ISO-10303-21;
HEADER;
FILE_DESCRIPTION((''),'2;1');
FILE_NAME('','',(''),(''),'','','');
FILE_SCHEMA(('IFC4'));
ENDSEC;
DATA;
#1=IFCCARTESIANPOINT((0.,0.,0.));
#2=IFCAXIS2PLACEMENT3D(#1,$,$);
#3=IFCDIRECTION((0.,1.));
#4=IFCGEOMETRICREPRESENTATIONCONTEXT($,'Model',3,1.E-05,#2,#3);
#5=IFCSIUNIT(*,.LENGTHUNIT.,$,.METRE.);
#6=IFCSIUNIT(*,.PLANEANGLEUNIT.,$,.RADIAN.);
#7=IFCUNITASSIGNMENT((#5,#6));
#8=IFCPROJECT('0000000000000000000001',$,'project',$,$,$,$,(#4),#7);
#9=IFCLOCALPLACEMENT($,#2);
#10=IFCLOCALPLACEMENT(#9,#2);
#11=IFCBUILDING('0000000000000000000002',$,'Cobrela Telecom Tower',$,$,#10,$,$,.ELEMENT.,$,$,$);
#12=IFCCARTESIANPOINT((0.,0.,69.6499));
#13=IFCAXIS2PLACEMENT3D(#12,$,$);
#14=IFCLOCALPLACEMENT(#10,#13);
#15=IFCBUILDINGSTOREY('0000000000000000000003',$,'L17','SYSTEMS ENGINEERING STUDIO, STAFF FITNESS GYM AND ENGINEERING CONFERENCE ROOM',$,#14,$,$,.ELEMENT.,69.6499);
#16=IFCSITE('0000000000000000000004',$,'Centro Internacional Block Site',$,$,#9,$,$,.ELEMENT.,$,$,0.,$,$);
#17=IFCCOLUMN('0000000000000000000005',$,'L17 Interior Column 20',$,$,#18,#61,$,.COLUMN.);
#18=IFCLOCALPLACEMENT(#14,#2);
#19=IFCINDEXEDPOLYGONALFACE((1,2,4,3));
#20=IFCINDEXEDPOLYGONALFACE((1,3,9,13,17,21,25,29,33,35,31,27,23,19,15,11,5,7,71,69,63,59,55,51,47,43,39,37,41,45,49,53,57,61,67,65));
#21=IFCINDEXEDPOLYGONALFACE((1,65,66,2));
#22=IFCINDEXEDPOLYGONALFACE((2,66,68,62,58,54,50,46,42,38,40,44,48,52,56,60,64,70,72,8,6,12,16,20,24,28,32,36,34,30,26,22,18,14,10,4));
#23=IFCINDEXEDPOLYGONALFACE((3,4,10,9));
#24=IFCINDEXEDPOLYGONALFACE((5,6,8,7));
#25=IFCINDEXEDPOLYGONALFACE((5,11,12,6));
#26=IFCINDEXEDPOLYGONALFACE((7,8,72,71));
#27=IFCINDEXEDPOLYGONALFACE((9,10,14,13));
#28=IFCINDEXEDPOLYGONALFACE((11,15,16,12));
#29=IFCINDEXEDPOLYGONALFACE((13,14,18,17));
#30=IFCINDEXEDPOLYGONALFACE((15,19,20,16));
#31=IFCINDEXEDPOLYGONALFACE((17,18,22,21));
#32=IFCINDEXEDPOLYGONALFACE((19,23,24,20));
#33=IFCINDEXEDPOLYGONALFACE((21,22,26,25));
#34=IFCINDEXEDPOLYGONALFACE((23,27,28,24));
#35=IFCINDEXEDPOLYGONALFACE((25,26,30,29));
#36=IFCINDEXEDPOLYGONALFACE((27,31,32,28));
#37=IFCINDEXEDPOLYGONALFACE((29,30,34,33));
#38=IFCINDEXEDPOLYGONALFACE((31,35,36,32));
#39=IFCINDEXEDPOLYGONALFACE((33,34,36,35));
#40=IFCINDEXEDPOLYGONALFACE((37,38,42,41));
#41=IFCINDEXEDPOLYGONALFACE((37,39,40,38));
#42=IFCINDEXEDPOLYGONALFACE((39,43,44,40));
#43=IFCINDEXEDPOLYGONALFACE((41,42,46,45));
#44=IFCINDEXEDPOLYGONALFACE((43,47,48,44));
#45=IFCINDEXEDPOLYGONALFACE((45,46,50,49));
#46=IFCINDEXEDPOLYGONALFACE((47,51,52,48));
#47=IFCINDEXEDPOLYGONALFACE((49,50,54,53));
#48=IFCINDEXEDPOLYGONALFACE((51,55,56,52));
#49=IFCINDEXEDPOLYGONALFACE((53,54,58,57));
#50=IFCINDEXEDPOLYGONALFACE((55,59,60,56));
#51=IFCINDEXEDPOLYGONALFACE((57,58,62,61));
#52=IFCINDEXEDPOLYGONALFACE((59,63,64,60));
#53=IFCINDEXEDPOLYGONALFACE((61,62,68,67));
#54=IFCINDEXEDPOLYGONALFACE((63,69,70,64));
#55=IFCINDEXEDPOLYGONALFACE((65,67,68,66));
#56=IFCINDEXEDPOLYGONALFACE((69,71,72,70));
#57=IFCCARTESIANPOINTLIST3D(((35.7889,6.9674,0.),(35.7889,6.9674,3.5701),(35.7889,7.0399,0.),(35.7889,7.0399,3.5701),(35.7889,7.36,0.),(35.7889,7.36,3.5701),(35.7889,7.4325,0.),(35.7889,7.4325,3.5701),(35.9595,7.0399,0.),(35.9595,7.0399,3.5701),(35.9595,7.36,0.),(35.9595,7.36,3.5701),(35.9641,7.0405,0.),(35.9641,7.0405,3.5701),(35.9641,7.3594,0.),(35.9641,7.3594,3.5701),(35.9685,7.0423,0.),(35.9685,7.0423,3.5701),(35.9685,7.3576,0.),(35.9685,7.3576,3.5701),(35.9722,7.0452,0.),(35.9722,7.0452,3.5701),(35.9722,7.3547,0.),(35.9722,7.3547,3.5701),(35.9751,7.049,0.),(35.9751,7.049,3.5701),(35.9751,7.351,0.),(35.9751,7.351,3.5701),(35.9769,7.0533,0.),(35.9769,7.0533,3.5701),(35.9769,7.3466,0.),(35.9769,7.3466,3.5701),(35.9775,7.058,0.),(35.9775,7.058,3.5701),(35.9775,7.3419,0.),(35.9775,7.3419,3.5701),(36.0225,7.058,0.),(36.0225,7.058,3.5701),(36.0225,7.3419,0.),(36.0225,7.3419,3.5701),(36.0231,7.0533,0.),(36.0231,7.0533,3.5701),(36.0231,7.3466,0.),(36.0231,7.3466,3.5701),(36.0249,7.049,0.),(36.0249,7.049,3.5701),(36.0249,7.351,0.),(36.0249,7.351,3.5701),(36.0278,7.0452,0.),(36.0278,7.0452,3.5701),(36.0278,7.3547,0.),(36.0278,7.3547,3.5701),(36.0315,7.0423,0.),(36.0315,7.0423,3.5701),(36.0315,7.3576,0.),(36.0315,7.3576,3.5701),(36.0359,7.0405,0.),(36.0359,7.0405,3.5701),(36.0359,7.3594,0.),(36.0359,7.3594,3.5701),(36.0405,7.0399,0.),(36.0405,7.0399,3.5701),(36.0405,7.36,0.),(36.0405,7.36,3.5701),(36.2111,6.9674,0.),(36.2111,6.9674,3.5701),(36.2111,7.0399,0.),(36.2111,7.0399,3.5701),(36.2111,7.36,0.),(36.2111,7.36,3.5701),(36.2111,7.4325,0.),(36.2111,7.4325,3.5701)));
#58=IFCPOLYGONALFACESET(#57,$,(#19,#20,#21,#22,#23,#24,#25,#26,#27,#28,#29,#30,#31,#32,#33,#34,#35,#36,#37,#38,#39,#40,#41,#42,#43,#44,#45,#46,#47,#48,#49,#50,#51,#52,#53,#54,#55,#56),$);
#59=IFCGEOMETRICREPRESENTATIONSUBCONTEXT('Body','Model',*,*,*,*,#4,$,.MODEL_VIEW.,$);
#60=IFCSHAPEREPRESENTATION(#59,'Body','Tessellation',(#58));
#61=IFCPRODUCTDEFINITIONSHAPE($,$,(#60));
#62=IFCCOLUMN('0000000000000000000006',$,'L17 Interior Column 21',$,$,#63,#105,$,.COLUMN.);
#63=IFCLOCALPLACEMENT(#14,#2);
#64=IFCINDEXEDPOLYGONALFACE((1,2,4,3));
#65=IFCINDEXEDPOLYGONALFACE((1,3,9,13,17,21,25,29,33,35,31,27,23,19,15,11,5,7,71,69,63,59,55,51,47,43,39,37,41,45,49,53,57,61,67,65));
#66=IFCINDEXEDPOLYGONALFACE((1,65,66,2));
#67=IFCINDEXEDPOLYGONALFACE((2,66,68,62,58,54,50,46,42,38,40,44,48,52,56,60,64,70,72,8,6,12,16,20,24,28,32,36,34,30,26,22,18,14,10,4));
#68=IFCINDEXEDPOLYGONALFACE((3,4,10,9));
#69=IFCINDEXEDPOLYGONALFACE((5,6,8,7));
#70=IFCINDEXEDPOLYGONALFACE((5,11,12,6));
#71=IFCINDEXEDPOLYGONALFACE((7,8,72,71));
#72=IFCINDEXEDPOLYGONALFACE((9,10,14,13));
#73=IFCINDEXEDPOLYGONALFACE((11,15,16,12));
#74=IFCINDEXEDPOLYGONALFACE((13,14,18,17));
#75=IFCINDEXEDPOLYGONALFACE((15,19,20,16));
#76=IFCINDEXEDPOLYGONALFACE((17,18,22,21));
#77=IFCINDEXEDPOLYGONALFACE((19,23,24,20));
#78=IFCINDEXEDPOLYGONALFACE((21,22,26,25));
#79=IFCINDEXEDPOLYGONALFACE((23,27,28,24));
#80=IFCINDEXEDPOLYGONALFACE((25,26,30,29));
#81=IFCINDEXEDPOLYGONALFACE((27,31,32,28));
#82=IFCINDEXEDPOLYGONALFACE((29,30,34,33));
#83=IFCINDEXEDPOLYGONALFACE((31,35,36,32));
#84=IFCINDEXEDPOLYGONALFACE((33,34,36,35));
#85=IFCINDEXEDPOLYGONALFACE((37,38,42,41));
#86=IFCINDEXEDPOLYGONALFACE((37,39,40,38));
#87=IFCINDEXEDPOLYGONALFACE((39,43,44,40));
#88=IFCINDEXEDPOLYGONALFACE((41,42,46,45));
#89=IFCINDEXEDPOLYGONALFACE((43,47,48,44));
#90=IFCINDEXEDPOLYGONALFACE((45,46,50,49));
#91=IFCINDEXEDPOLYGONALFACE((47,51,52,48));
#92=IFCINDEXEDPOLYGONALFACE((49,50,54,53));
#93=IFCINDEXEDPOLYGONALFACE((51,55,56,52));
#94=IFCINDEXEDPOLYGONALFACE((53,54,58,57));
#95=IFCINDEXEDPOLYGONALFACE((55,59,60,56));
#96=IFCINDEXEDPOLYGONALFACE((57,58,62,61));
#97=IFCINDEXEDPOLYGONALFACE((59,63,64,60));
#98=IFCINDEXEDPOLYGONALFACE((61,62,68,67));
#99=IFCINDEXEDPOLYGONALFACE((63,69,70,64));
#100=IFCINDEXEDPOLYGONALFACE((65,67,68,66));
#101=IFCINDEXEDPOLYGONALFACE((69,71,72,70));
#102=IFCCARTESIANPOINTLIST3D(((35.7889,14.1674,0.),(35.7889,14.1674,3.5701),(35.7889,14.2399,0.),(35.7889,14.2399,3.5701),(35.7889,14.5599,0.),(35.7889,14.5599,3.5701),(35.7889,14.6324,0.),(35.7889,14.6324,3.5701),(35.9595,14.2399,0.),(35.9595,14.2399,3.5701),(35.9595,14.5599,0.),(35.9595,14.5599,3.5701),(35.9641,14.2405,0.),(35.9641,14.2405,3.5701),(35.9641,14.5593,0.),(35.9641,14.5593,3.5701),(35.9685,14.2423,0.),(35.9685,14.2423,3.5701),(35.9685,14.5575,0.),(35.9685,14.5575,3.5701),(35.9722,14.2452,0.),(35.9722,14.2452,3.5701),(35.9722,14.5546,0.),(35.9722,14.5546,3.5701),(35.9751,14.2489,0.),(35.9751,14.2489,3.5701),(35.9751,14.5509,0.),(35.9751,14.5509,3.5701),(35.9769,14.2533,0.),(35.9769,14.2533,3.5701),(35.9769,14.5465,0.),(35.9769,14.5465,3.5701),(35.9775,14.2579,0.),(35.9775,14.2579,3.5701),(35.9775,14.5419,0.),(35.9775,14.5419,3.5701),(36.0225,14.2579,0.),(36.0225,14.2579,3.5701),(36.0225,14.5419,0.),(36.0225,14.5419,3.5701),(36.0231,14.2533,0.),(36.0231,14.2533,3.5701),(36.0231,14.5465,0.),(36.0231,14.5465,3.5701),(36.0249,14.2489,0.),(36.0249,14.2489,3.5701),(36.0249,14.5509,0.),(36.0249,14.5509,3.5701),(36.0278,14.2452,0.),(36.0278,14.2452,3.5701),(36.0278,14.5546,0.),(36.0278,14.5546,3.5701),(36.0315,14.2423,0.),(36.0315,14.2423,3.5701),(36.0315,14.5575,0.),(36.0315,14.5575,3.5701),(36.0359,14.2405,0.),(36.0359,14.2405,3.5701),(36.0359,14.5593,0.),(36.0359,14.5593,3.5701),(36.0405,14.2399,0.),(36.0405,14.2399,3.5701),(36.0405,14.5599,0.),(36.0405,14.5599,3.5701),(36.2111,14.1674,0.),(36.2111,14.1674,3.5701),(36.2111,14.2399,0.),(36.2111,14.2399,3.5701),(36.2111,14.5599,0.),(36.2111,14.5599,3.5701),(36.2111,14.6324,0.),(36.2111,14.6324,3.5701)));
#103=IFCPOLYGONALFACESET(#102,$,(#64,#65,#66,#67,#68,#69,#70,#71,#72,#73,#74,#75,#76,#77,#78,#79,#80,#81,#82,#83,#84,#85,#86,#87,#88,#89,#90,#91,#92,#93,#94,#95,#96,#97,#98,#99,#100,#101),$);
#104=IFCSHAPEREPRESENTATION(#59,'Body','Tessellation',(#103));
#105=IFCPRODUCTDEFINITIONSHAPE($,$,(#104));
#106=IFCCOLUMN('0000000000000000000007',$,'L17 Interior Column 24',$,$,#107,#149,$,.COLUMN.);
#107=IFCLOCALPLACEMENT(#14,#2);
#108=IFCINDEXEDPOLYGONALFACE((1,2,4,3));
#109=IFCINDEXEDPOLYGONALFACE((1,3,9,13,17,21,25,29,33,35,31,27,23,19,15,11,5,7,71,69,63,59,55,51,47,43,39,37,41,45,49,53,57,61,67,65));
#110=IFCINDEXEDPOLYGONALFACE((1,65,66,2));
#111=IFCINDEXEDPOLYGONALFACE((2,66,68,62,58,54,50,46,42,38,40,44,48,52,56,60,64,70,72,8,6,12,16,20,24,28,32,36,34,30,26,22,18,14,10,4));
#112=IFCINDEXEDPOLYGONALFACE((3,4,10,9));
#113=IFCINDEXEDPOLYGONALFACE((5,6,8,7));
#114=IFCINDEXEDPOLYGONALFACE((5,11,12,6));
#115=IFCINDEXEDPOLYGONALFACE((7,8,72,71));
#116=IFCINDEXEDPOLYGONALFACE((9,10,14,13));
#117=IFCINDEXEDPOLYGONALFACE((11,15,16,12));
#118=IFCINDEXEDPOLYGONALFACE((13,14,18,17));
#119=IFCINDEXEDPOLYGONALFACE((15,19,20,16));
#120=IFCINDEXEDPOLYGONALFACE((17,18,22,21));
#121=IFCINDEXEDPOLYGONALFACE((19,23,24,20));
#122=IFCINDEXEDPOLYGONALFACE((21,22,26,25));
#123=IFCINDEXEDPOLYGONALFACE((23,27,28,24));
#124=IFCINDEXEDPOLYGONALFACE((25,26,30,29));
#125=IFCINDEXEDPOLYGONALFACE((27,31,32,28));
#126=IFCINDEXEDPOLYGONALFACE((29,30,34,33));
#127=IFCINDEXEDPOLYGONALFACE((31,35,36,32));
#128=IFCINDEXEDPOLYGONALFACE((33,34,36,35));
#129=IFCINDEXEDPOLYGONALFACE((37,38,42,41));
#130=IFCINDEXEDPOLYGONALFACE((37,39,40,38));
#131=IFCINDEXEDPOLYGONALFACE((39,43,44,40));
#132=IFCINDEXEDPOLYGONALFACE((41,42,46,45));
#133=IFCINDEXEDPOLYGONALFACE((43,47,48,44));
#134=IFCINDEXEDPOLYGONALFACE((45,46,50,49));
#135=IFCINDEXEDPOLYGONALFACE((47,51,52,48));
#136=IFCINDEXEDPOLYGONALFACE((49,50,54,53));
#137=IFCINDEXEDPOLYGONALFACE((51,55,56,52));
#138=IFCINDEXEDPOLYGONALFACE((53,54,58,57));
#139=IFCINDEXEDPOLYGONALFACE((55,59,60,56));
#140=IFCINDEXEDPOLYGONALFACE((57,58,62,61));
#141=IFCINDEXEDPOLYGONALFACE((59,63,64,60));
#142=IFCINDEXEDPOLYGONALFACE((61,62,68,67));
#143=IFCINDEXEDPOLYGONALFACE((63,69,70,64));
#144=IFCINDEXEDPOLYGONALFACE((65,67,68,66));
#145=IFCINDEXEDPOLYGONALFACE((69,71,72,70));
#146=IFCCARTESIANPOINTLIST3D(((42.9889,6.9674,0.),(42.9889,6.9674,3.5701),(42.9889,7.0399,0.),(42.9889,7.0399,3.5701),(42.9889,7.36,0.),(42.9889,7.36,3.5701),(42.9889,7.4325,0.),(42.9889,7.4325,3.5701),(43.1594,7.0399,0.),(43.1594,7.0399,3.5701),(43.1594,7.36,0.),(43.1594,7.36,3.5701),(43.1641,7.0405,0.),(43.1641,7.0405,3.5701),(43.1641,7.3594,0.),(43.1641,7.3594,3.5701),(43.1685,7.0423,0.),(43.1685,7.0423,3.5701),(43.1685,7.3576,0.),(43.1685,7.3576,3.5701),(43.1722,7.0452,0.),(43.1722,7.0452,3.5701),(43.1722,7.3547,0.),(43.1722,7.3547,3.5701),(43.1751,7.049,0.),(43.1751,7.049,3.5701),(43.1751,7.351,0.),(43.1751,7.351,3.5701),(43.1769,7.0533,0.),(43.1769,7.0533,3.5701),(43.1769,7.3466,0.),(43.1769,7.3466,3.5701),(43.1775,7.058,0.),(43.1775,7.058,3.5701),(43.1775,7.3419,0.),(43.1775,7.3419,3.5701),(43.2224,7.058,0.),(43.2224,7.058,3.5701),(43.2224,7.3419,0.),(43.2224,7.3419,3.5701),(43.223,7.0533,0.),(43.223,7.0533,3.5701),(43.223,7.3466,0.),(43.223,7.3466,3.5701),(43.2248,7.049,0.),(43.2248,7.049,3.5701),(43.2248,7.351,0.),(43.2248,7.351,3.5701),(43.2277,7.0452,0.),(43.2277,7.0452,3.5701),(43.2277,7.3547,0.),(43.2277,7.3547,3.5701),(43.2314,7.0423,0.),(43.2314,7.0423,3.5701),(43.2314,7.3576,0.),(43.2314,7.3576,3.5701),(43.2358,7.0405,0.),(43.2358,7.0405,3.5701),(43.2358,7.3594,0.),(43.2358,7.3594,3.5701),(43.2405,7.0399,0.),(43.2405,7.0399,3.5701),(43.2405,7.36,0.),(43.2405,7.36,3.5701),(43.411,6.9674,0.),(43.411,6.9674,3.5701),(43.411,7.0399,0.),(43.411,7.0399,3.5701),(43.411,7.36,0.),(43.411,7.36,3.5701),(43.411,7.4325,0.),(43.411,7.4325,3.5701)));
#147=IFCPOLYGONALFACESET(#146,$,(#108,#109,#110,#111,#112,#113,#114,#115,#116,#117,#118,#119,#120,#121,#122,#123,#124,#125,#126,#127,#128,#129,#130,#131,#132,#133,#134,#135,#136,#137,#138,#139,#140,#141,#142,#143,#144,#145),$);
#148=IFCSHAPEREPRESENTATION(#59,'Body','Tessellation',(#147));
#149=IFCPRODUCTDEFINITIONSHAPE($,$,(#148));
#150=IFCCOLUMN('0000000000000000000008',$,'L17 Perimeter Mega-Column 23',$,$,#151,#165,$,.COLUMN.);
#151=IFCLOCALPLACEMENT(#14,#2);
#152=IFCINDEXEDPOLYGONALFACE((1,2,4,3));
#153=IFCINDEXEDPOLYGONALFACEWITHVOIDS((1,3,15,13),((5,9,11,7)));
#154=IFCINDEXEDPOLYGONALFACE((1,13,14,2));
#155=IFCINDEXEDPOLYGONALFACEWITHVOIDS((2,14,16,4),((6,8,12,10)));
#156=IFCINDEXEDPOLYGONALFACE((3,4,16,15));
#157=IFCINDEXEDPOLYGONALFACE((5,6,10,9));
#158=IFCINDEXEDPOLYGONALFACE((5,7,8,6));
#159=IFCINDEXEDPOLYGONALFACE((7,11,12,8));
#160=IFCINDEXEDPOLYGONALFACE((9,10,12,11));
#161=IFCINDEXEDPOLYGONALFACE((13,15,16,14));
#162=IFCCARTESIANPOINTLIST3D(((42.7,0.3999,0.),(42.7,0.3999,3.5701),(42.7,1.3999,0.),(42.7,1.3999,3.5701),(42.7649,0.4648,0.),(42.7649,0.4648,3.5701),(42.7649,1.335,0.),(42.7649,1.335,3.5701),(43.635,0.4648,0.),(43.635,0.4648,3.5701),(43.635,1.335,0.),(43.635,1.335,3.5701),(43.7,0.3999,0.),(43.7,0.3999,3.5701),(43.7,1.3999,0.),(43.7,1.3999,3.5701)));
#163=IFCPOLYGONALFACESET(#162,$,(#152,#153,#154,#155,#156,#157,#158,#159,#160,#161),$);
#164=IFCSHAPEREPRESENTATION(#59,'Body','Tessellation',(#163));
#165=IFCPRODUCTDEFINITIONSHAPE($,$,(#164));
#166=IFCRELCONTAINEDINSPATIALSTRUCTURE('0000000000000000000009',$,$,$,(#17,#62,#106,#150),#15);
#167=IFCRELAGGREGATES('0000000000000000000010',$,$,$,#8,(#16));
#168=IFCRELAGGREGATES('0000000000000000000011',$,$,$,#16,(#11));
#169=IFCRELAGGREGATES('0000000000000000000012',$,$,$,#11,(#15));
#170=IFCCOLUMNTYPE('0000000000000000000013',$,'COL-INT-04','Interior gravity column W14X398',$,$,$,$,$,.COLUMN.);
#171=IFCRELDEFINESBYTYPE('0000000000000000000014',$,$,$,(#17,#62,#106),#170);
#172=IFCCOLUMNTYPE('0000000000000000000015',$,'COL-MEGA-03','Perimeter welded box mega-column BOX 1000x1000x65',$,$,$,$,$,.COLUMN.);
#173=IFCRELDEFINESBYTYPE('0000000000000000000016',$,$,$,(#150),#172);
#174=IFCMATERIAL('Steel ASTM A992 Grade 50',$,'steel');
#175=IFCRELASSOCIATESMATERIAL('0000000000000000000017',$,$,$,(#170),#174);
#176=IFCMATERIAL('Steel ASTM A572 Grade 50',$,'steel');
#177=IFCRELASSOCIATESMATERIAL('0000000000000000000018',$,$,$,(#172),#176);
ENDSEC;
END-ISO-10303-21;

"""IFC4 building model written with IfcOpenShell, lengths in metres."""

from ifc_helpers import new_model, si_unit, direction, frame, origin, origin_2d, place, context, subcontext, project, spatial, hollow_rectangle, i_section, extrude, material, material_profile, profile_set, type_object, element, save


model = new_model("IFC4")

# Units and contexts
model_context = context("Model", 3, precision=1e-05, world=origin(), true_north=direction((0.0, 1.0)))
body_context = subcontext(model_context, "Body", "Model", "MODEL_VIEW")
ifc_project = project(units=[si_unit("LENGTHUNIT", "METRE"), si_unit("PLANEANGLEUNIT", "RADIAN")], contexts=[model_context])

# Site, building, storey
site_placement = place(None, origin())
site = spatial("IfcSite", under=ifc_project, at=site_placement, Name="Centro Internacional Block Site", CompositionType="ELEMENT", RefElevation=0.0)
building_placement = place(site_placement, origin())
building = spatial("IfcBuilding", under=site, at=building_placement, Name="Cobrela Telecom Tower", CompositionType="ELEMENT")
storey_placement = place(building_placement, frame((0.0, 0.0, 69.6499)))
storey = spatial("IfcBuildingStorey", under=building, at=storey_placement, Name="L17", Description="SYSTEMS ENGINEERING STUDIO, STAFF FITNESS GYM AND ENGINEERING CONFERENCE ROOM", CompositionType="ELEMENT", Elevation=69.6499)

# Columns
ifc_material_1 = material(Name="Steel ASTM A992 Grade 50", Category="steel")
ifc_material_profile_1 = material_profile(ifc_material_1, i_section(OverallWidth=0.4221, OverallDepth=0.4651, WebThickness=0.0449, FlangeThickness=0.0725, FilletRadius=0.0181, at=origin_2d()), Name="W14X398")
ifc_profile_set_1 = profile_set([ifc_material_profile_1], Name="Steel ASTM A992 Grade 50")
column_type_1 = type_object("IfcColumnType", Name="COL-INT-04", Description="Interior gravity column W14X398", PredefinedType="COLUMN", material=ifc_profile_set_1)
for number, where, z_axis, x_axis, name in (
    (1, (36.0, 7.2, 0.0), (0.0, 0.0, 1.0), (1.0, 0.0, 0.0), "L17 Interior Column 20"),
    (2, (36.0, 14.3999, 0.0), (0.0, 0.0, 1.0), (1.0, 0.0, 0.0), "L17 Interior Column 21"),
    (3, (43.2, 7.2, 0.0), (0.0, 0.0, 1.0), (1.0, 0.0, 0.0), "L17 Interior Column 24"),
):
    element("IfcColumn", number, at=place(storey_placement, frame(where, z_axis=z_axis, x_axis=x_axis)), inside=storey, type_object=column_type_1, Name=name, PredefinedType="COLUMN", context=body_context, shape_type="SweptSolid", body=[
        extrude(i_section(OverallWidth=0.4221, OverallDepth=0.4651, WebThickness=0.0449, FlangeThickness=0.0725, FilletRadius=0.0181, at=origin_2d()), origin(), (0.0, 0.0, 1.0), 3.5701),
    ])
ifc_material_2 = material(Name="Steel ASTM A572 Grade 50", Category="steel")
ifc_material_profile_2 = material_profile(ifc_material_2, hollow_rectangle(XDim=1.0, YDim=1.0, WallThickness=0.0649, at=origin_2d()), Name="BOX 1000x1000x65")
ifc_profile_set_2 = profile_set([ifc_material_profile_2], Name="Steel ASTM A572 Grade 50")
column_type_2 = type_object("IfcColumnType", Name="COL-MEGA-03", Description="Perimeter welded box mega-column BOX 1000x1000x65", PredefinedType="COLUMN", material=ifc_profile_set_2)
column_placement = place(storey_placement, frame((43.2, 0.8999, 0.0), z_axis=(0.0, 0.0, 1.0), x_axis=(1.0, 0.0, 0.0)))
element("IfcColumn", 4, at=column_placement, inside=storey, type_object=column_type_2, Name="L17 Perimeter Mega-Column 23", PredefinedType="COLUMN", context=body_context, shape_type="SweptSolid", body=[
    extrude(hollow_rectangle(XDim=1.0, YDim=1.0, WallThickness=0.0649, at=origin_2d()), origin(), (0.0, 0.0, 1.0), 3.5701),
])

save(model, "model.ifc")
